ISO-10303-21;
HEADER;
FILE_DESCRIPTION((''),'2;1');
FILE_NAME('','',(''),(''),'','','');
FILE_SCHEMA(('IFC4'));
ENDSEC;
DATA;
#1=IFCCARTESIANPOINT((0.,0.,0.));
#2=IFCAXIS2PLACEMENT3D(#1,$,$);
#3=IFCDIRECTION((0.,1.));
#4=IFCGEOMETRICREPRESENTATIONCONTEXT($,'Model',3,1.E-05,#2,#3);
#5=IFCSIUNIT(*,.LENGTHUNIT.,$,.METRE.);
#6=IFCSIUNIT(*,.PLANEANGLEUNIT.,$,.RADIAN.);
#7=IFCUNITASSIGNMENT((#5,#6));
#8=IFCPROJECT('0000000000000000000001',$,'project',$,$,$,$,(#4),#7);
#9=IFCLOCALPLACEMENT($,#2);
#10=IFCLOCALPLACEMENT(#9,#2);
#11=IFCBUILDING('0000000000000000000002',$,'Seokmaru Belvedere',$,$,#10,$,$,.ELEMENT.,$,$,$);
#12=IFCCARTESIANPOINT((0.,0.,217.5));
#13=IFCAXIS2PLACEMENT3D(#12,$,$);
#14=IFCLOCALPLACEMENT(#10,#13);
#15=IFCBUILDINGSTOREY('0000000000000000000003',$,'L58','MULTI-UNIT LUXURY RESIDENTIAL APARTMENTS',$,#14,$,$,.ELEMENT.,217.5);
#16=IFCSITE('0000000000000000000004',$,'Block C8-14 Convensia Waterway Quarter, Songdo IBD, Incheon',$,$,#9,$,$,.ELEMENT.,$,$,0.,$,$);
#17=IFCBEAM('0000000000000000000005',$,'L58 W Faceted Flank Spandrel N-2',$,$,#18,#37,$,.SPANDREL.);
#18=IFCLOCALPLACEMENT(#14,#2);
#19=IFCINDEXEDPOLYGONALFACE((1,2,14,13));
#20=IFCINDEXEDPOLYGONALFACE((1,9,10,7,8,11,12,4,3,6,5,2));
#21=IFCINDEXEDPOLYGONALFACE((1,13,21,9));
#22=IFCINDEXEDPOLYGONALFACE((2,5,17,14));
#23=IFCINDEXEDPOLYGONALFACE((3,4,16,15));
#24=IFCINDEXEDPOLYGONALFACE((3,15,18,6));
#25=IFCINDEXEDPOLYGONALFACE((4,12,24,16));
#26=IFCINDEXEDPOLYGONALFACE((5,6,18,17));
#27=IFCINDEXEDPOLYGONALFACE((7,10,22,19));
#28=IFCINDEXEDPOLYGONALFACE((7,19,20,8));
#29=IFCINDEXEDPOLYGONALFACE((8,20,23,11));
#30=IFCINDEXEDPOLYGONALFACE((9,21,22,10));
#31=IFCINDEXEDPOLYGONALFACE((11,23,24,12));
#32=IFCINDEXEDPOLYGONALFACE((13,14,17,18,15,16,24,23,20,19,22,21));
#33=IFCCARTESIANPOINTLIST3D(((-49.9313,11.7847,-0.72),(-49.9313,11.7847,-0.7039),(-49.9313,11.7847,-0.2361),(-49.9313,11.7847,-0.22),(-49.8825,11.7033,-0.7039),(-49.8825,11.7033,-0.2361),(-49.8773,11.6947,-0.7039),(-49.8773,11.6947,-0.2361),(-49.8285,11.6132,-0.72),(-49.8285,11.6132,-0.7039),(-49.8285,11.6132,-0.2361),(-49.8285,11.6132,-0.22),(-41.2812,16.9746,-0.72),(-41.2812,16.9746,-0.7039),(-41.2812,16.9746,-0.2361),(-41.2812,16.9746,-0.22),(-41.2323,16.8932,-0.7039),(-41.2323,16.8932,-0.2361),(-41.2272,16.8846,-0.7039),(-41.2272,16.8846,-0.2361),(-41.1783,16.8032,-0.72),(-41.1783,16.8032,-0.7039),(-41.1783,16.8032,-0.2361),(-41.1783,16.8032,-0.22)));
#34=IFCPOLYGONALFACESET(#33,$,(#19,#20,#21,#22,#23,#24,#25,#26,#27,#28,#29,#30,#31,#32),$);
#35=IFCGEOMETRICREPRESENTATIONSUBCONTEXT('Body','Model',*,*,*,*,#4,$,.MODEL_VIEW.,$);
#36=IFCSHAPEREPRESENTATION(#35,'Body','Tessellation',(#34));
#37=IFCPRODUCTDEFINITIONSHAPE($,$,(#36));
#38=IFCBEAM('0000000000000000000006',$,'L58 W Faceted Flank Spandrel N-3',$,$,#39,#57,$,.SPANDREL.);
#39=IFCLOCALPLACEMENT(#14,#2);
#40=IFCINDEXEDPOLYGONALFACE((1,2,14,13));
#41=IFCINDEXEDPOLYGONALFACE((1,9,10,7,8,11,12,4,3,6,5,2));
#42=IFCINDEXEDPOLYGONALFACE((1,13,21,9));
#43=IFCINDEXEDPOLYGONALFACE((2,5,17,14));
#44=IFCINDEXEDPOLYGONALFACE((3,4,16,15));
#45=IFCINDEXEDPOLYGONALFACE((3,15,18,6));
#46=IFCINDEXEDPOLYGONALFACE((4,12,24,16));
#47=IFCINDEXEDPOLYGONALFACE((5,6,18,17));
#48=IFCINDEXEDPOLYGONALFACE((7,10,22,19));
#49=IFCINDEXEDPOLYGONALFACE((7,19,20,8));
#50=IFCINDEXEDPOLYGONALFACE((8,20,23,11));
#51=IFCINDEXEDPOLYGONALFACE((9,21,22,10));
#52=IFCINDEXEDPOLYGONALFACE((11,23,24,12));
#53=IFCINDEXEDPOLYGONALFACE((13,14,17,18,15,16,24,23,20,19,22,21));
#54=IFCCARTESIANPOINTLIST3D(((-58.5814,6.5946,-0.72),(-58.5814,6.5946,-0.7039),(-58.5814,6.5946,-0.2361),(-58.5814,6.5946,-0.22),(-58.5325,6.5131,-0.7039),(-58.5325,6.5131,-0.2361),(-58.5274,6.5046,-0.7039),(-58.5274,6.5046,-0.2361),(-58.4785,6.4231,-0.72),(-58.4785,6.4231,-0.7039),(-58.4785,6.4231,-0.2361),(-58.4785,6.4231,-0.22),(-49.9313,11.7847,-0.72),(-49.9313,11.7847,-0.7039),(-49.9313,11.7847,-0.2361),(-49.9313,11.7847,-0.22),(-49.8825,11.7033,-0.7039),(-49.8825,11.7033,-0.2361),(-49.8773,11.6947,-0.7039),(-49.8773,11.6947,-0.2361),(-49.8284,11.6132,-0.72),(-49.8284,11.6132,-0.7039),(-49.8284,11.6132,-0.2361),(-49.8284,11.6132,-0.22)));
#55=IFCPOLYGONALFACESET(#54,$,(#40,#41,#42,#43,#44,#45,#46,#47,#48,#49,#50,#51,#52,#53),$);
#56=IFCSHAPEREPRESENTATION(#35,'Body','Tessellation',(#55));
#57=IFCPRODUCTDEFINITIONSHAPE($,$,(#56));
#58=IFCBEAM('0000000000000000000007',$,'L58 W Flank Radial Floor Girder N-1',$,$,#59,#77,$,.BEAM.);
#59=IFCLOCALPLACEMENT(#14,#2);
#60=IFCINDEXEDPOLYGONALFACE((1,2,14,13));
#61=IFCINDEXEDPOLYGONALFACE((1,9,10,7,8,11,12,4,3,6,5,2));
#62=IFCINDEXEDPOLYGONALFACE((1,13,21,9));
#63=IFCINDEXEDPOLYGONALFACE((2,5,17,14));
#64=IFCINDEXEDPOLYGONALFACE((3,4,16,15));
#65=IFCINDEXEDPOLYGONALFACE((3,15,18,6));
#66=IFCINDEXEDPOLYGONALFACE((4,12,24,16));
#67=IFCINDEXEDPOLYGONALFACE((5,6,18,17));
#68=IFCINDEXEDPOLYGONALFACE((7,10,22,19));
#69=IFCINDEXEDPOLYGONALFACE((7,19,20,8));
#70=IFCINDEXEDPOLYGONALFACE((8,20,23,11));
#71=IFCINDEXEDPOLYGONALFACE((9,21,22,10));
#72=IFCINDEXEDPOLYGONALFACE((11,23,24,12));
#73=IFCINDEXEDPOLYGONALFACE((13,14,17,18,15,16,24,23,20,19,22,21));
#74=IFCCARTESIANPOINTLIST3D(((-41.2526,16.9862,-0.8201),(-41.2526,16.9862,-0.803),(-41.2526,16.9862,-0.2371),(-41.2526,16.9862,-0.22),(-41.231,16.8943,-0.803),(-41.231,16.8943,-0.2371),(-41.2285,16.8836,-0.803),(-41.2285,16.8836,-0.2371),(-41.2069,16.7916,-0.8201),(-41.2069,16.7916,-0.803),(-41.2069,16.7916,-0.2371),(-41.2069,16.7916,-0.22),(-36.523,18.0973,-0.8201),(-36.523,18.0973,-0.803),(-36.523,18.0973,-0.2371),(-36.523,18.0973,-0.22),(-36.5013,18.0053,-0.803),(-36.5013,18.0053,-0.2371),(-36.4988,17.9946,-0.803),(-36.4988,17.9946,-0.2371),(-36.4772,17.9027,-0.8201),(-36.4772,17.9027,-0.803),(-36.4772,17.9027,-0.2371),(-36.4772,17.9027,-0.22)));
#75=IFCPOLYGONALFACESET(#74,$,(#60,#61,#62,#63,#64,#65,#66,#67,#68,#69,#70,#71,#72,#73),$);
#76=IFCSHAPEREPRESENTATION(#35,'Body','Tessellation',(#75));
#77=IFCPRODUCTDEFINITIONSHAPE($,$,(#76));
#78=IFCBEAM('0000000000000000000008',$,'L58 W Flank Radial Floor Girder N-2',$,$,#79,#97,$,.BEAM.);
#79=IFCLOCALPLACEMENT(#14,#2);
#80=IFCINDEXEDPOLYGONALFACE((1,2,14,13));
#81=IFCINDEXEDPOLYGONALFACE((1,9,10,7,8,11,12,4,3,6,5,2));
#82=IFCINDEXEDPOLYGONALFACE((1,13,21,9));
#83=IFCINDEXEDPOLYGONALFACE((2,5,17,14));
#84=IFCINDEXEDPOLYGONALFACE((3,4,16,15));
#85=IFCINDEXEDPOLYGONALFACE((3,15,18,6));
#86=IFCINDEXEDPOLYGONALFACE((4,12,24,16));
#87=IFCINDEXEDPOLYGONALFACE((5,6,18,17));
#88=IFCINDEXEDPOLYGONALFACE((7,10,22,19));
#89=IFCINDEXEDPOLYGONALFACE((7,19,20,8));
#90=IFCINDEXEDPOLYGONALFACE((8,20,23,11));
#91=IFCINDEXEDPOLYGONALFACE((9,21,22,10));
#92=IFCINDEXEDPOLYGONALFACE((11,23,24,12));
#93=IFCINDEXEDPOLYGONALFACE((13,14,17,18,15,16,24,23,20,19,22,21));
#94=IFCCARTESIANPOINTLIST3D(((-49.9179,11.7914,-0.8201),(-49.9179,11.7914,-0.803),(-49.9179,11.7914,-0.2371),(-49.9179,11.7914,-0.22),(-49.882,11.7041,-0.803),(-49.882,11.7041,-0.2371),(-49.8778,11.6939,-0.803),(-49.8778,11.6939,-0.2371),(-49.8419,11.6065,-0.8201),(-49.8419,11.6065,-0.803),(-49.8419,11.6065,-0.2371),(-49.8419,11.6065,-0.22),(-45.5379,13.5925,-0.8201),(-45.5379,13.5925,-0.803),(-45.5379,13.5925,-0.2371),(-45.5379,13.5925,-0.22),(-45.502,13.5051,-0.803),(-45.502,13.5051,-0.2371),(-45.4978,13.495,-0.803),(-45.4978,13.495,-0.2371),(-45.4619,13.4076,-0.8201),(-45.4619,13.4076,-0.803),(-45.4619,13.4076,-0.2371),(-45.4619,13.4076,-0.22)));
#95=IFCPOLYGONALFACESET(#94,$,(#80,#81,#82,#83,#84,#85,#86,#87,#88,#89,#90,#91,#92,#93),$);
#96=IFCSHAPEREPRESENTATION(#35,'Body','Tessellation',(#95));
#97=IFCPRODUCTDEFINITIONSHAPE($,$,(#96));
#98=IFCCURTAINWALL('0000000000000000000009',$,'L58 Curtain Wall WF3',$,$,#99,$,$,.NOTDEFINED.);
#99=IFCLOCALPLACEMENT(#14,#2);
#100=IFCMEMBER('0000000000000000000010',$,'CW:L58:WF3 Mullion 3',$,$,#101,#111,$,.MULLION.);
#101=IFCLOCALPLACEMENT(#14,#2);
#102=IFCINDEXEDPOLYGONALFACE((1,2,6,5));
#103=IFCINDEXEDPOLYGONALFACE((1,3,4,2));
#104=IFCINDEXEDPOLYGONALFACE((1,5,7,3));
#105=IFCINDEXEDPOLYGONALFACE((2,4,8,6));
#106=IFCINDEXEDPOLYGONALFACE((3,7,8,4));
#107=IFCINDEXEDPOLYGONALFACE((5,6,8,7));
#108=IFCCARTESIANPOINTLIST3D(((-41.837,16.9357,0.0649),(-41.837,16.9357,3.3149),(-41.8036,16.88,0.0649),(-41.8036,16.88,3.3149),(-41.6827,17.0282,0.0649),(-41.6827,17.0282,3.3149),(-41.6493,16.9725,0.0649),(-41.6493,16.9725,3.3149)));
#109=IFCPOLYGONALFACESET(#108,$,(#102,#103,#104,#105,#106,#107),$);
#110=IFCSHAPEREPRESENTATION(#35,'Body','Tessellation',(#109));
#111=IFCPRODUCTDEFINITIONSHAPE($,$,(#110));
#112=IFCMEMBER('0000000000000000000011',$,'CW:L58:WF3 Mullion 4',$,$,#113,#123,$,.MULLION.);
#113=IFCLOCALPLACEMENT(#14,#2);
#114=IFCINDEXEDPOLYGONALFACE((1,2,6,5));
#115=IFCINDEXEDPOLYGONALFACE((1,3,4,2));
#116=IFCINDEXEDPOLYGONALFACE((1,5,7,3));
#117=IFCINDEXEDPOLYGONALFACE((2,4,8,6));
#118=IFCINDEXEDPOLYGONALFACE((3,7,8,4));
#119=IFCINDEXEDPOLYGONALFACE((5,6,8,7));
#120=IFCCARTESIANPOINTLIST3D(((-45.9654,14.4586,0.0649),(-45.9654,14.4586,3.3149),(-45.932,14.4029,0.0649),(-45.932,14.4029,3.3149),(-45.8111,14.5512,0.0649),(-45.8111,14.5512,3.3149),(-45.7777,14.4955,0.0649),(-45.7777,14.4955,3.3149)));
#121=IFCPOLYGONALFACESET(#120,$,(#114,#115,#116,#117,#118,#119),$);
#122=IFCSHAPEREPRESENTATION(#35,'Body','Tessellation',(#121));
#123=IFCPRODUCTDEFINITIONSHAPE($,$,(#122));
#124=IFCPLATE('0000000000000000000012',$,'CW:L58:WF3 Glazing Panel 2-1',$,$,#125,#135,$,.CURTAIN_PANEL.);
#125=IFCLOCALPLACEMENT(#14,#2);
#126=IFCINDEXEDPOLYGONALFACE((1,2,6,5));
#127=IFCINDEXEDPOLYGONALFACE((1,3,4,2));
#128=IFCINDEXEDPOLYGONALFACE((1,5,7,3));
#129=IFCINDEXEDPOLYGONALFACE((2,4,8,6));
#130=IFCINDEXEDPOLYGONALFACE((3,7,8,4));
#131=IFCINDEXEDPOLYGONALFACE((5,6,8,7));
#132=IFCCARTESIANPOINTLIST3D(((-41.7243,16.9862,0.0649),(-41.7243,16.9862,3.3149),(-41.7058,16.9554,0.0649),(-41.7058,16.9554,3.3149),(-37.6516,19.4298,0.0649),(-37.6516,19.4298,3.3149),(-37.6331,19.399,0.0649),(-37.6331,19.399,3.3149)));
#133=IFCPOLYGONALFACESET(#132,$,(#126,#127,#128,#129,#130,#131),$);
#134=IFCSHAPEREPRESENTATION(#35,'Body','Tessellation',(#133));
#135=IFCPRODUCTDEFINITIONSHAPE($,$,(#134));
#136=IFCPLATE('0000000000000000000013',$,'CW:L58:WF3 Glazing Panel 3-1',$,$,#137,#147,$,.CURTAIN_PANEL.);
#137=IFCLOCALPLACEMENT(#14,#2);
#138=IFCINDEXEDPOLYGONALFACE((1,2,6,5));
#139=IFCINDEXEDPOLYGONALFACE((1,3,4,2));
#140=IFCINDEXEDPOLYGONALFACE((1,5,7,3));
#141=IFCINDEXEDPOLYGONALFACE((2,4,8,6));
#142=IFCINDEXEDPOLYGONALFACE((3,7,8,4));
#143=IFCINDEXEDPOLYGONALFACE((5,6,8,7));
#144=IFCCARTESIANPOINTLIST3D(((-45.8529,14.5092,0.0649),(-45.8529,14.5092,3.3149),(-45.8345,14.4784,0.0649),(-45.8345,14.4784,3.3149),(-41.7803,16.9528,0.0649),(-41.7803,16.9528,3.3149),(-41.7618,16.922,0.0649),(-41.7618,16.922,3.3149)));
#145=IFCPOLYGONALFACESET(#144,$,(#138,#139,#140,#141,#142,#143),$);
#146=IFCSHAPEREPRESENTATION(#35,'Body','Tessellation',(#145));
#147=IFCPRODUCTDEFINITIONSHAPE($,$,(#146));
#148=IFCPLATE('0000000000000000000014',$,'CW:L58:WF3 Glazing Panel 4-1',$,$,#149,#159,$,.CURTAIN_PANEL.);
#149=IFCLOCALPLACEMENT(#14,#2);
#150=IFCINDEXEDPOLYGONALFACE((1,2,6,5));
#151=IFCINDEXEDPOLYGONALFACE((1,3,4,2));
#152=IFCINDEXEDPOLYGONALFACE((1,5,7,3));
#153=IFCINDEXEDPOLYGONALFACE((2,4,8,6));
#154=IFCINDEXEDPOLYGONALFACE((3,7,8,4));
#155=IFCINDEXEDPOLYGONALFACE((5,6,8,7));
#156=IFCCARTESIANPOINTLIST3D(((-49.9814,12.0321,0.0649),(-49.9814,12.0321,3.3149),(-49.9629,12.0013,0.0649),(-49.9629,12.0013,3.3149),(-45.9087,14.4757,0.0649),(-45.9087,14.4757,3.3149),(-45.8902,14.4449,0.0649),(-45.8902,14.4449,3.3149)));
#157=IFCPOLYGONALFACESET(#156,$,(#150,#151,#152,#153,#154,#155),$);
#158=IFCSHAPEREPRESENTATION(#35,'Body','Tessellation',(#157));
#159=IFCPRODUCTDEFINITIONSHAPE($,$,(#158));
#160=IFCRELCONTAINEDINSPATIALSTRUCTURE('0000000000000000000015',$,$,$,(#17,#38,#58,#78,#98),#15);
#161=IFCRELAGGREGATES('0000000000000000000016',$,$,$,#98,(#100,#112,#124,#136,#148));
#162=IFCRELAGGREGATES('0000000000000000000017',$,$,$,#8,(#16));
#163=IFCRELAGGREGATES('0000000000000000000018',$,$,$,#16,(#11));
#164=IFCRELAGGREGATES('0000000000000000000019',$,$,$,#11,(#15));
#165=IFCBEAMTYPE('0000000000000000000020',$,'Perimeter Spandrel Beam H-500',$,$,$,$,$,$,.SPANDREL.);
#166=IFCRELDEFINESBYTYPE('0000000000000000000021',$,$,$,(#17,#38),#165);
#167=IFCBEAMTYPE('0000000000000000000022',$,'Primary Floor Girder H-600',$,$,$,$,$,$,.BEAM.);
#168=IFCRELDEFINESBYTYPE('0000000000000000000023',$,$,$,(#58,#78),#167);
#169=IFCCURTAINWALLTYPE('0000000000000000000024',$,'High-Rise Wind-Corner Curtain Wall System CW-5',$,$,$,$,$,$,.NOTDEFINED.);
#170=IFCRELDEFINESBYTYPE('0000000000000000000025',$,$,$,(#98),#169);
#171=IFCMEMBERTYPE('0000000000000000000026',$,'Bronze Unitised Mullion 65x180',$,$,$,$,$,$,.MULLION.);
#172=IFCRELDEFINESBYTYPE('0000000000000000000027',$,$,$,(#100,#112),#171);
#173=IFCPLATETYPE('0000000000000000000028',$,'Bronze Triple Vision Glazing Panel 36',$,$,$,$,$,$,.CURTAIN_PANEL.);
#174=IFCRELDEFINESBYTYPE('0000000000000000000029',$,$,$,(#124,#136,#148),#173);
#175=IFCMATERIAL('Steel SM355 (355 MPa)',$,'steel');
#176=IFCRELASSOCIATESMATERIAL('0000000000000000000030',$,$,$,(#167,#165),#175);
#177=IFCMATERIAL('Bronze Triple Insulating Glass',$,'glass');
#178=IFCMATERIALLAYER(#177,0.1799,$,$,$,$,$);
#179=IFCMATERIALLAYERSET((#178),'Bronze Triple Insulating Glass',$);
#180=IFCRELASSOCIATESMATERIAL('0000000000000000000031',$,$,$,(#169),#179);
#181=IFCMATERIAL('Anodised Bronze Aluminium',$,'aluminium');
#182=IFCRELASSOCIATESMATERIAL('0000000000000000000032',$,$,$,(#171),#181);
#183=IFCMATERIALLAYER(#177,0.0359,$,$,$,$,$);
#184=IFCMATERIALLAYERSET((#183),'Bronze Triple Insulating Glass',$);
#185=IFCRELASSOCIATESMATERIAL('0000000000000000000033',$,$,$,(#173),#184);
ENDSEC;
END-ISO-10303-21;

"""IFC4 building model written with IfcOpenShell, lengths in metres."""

from ifc_helpers import new_model, si_unit, direction, frame, origin, origin_2d, place, context, subcontext, project, spatial, rectangle, i_section, extrude, source, transform, mapped, material, layer, layer_set, material_profile, profile_set, type_object, type_shapes, element, aggregate, save


model = new_model("IFC4")

# Units and contexts
model_context = context("Model", 3, precision=1e-05, world=origin(), true_north=direction((0.0, 1.0)))
body_context = subcontext(model_context, "Body", "Model", "MODEL_VIEW")
ifc_project = project(units=[si_unit("LENGTHUNIT", "METRE"), si_unit("PLANEANGLEUNIT", "RADIAN")], contexts=[model_context])

# Site, building, storey
site_placement = place(None, origin())
site = spatial("IfcSite", under=ifc_project, at=site_placement, Name="Block C8-14 Convensia Waterway Quarter, Songdo IBD, Incheon", CompositionType="ELEMENT", RefElevation=0.0)
building_placement = place(site_placement, origin())
building = spatial("IfcBuilding", under=site, at=building_placement, Name="Seokmaru Belvedere", CompositionType="ELEMENT")
storey_placement = place(building_placement, frame((0.0, 0.0, 217.5)))
storey = spatial("IfcBuildingStorey", under=building, at=storey_placement, Name="L58", Description="MULTI-UNIT LUXURY RESIDENTIAL APARTMENTS", CompositionType="ELEMENT", Elevation=217.5)

# Shared definitions
ifc_material_1 = material(Name="Steel SM355 (355 MPa)", Category="steel")

# Beams
ifc_material_profile_1 = material_profile(ifc_material_1, i_section(OverallWidth=0.2, OverallDepth=0.6001, WebThickness=0.011, FlangeThickness=0.0171, at=origin_2d()), Name="H-600x200x11x17")
ifc_profile_set_1 = profile_set([ifc_material_profile_1], Name="Steel SM355 (355 MPa)")
beam_type_1 = type_object("IfcBeamType", Name="Primary Floor Girder H-600", PredefinedType="BEAM", material=ifc_profile_set_1)
ifc_material_profile_2 = material_profile(ifc_material_1, i_section(OverallWidth=0.2, OverallDepth=0.5, WebThickness=0.01, FlangeThickness=0.0161, at=origin_2d()), Name="H-500x200x10x16")
ifc_profile_set_2 = profile_set([ifc_material_profile_2], Name="Steel SM355 (355 MPa)")
beam_type_2 = type_object("IfcBeamType", Name="Perimeter Spandrel Beam H-500", PredefinedType="SPANDREL", material=ifc_profile_set_2)
shared_shape_1 = source(origin(), body_context, "Body", "SweptSolid", [
    extrude(i_section(OverallWidth=0.2, OverallDepth=0.5, WebThickness=0.01, FlangeThickness=0.0161, at=origin_2d()), origin(), (0.0, 0.0, 1.0), 10.0876),
])
type_shapes(beam_type_2, [shared_shape_1])
for number, where, z_axis, x_axis, name in (
    (1, (-41.2297, 16.8889, -0.47), (-0.857499, -0.514485, 0.0), (0.514485, -0.857499, 0.0), "L58 W Faceted Flank Spandrel N-2"),
    (2, (-49.8799, 11.699, -0.47), (-0.857489, -0.514503, 0.0), (0.514503, -0.857489, 0.0), "L58 W Faceted Flank Spandrel N-3"),
):
    element("IfcBeam", number, at=place(storey_placement, frame(where, z_axis=z_axis, x_axis=x_axis)), inside=storey, type_object=beam_type_2, Name=name, PredefinedType="SPANDREL", context=body_context, shape_type="MappedRepresentation", body=[
        mapped(shared_shape_1, transform((0.0, 0.0, 0.0), scale=1.0)),
    ])
shared_shape_2 = source(origin(), body_context, "Body", "SweptSolid", [
    extrude(i_section(OverallWidth=0.2, OverallDepth=0.6001, WebThickness=0.011, FlangeThickness=0.0171, at=origin_2d()), origin(), (0.0, 0.0, 1.0), 4.8584),
])
beam_1_placement = place(storey_placement, frame((-41.2297, 16.8889, -0.52), z_axis=(0.973499, 0.228689, 0.0), x_axis=(-0.228689, 0.973499, 0.0)))
element("IfcBeam", 3, at=beam_1_placement, inside=storey, type_object=beam_type_1, Name="L58 W Flank Radial Floor Girder N-1", PredefinedType="BEAM", context=body_context, shape_type="MappedRepresentation", body=[
    mapped(shared_shape_2, transform((0.0, 0.0, 0.0), scale=1.0)),
])
shared_shape_3 = source(origin(), body_context, "Body", "SweptSolid", [
    extrude(i_section(OverallWidth=0.2, OverallDepth=0.6001, WebThickness=0.011, FlangeThickness=0.0171, at=origin_2d()), origin(), (0.0, 0.0, 1.0), 4.7358),
])
beam_2_placement = place(storey_placement, frame((-49.8799, 11.699, -0.52), z_axis=(0.924861, 0.380306, 0.0), x_axis=(-0.380306, 0.924861, 0.0)))
element("IfcBeam", 4, at=beam_2_placement, inside=storey, type_object=beam_type_1, Name="L58 W Flank Radial Floor Girder N-2", PredefinedType="BEAM", context=body_context, shape_type="MappedRepresentation", body=[
    mapped(shared_shape_3, transform((0.0, 0.0, 0.0), scale=1.0)),
])

# Curtain wall, members, plates
ifc_material_2 = material(Name="Bronze Triple Insulating Glass", Category="glass")
ifc_layer_1 = layer(ifc_material_2, 0.1799)
ifc_layer_set_1 = layer_set([ifc_layer_1], Name="Bronze Triple Insulating Glass")
curtain_wall_type = type_object("IfcCurtainWallType", Name="High-Rise Wind-Corner Curtain Wall System CW-5", PredefinedType="NOTDEFINED", material=ifc_layer_set_1)
curtain_wall_placement = place(storey_placement, origin())
curtain_wall = element("IfcCurtainWall", 5, at=curtain_wall_placement, inside=storey, type_object=curtain_wall_type, Name="L58 Curtain Wall WF3", PredefinedType="NOTDEFINED")
ifc_material_3 = material(Name="Anodised Bronze Aluminium", Category="aluminium")
ifc_material_profile_3 = material_profile(ifc_material_3, rectangle(XDim=0.0649, YDim=0.1799, at=origin_2d()), Name="CW-M-65x180")
ifc_profile_set_3 = profile_set([ifc_material_profile_3], Name="Anodised Bronze Aluminium")
member_type = type_object("IfcMemberType", Name="Bronze Unitised Mullion 65x180", PredefinedType="MULLION", material=ifc_profile_set_3)
shared_shape_4 = source(origin(), body_context, "Body", "SweptSolid", [
    extrude(rectangle(XDim=0.0649, YDim=0.1799, at=origin_2d()), origin(), (0.0, 0.0, 1.0), 3.25),
])
type_shapes(member_type, [shared_shape_4])
member_1_placement = place(storey_placement, frame((-41.7432, 16.9541, 0.0649), z_axis=(0.0, 0.0, 1.0), x_axis=(0.514495, -0.857493, 0.0)))
member_1 = element("IfcMember", 6, at=member_1_placement, type_object=member_type, Name="CW:L58:WF3 Mullion 3", PredefinedType="MULLION", context=body_context, shape_type="MappedRepresentation", body=[
    mapped(shared_shape_4, transform((0.0, 0.0, 0.0), scale=1.0)),
])
member_2_placement = place(storey_placement, frame((-45.8716, 14.4771, 0.0649), z_axis=(0.0, 0.0, 1.0), x_axis=(0.514495, -0.857493, 0.0)))
member_2 = element("IfcMember", 7, at=member_2_placement, type_object=member_type, Name="CW:L58:WF3 Mullion 4", PredefinedType="MULLION", context=body_context, shape_type="MappedRepresentation", body=[
    mapped(shared_shape_4, transform((0.0, 0.0, 0.0), scale=1.0)),
])
ifc_layer_2 = layer(ifc_material_2, 0.0359)
ifc_layer_set_2 = layer_set([ifc_layer_2], Name="Bronze Triple Insulating Glass")
plate_type = type_object("IfcPlateType", Name="Bronze Triple Vision Glazing Panel 36", PredefinedType="CURTAIN_PANEL", material=ifc_layer_set_2)
shared_shape_5 = source(origin(), body_context, "Body", "SweptSolid", [
    extrude(rectangle(XDim=4.7495, YDim=0.0359, at=origin_2d()), origin(), (0.0, 0.0, 1.0), 3.25),
])
type_shapes(plate_type, [shared_shape_5])
plate_1_placement = place(storey_placement, frame((-39.6787, 18.1926, 0.0649), z_axis=(0.0, 0.0, 1.0), x_axis=(-0.857493, -0.514495, 0.0)))
plate_1 = element("IfcPlate", 8, at=plate_1_placement, type_object=plate_type, Name="CW:L58:WF3 Glazing Panel 2-1", PredefinedType="CURTAIN_PANEL", context=body_context, shape_type="MappedRepresentation", body=[
    mapped(shared_shape_5, transform((0.0, 0.0, 0.0), scale=1.0)),
])
plate_2_placement = place(storey_placement, frame((-43.8074, 15.7156, 0.0649), z_axis=(0.0, 0.0, 1.0), x_axis=(-0.857493, -0.514495, 0.0)))
plate_2 = element("IfcPlate", 9, at=plate_2_placement, type_object=plate_type, Name="CW:L58:WF3 Glazing Panel 3-1", PredefinedType="CURTAIN_PANEL", context=body_context, shape_type="MappedRepresentation", body=[
    mapped(shared_shape_5, transform((0.0, 0.0, 0.0), scale=1.0)),
])
plate_3_placement = place(storey_placement, frame((-47.9358, 13.2385, 0.0649), z_axis=(0.0, 0.0, 1.0), x_axis=(-0.857493, -0.514495, 0.0)))
plate_3 = element("IfcPlate", 10, at=plate_3_placement, type_object=plate_type, Name="CW:L58:WF3 Glazing Panel 4-1", PredefinedType="CURTAIN_PANEL", context=body_context, shape_type="MappedRepresentation", body=[
    mapped(shared_shape_5, transform((0.0, 0.0, 0.0), scale=1.0)),
])
aggregate(curtain_wall, [member_1, member_2, plate_1, plate_2, plate_3])

save(model, "model.ifc")
